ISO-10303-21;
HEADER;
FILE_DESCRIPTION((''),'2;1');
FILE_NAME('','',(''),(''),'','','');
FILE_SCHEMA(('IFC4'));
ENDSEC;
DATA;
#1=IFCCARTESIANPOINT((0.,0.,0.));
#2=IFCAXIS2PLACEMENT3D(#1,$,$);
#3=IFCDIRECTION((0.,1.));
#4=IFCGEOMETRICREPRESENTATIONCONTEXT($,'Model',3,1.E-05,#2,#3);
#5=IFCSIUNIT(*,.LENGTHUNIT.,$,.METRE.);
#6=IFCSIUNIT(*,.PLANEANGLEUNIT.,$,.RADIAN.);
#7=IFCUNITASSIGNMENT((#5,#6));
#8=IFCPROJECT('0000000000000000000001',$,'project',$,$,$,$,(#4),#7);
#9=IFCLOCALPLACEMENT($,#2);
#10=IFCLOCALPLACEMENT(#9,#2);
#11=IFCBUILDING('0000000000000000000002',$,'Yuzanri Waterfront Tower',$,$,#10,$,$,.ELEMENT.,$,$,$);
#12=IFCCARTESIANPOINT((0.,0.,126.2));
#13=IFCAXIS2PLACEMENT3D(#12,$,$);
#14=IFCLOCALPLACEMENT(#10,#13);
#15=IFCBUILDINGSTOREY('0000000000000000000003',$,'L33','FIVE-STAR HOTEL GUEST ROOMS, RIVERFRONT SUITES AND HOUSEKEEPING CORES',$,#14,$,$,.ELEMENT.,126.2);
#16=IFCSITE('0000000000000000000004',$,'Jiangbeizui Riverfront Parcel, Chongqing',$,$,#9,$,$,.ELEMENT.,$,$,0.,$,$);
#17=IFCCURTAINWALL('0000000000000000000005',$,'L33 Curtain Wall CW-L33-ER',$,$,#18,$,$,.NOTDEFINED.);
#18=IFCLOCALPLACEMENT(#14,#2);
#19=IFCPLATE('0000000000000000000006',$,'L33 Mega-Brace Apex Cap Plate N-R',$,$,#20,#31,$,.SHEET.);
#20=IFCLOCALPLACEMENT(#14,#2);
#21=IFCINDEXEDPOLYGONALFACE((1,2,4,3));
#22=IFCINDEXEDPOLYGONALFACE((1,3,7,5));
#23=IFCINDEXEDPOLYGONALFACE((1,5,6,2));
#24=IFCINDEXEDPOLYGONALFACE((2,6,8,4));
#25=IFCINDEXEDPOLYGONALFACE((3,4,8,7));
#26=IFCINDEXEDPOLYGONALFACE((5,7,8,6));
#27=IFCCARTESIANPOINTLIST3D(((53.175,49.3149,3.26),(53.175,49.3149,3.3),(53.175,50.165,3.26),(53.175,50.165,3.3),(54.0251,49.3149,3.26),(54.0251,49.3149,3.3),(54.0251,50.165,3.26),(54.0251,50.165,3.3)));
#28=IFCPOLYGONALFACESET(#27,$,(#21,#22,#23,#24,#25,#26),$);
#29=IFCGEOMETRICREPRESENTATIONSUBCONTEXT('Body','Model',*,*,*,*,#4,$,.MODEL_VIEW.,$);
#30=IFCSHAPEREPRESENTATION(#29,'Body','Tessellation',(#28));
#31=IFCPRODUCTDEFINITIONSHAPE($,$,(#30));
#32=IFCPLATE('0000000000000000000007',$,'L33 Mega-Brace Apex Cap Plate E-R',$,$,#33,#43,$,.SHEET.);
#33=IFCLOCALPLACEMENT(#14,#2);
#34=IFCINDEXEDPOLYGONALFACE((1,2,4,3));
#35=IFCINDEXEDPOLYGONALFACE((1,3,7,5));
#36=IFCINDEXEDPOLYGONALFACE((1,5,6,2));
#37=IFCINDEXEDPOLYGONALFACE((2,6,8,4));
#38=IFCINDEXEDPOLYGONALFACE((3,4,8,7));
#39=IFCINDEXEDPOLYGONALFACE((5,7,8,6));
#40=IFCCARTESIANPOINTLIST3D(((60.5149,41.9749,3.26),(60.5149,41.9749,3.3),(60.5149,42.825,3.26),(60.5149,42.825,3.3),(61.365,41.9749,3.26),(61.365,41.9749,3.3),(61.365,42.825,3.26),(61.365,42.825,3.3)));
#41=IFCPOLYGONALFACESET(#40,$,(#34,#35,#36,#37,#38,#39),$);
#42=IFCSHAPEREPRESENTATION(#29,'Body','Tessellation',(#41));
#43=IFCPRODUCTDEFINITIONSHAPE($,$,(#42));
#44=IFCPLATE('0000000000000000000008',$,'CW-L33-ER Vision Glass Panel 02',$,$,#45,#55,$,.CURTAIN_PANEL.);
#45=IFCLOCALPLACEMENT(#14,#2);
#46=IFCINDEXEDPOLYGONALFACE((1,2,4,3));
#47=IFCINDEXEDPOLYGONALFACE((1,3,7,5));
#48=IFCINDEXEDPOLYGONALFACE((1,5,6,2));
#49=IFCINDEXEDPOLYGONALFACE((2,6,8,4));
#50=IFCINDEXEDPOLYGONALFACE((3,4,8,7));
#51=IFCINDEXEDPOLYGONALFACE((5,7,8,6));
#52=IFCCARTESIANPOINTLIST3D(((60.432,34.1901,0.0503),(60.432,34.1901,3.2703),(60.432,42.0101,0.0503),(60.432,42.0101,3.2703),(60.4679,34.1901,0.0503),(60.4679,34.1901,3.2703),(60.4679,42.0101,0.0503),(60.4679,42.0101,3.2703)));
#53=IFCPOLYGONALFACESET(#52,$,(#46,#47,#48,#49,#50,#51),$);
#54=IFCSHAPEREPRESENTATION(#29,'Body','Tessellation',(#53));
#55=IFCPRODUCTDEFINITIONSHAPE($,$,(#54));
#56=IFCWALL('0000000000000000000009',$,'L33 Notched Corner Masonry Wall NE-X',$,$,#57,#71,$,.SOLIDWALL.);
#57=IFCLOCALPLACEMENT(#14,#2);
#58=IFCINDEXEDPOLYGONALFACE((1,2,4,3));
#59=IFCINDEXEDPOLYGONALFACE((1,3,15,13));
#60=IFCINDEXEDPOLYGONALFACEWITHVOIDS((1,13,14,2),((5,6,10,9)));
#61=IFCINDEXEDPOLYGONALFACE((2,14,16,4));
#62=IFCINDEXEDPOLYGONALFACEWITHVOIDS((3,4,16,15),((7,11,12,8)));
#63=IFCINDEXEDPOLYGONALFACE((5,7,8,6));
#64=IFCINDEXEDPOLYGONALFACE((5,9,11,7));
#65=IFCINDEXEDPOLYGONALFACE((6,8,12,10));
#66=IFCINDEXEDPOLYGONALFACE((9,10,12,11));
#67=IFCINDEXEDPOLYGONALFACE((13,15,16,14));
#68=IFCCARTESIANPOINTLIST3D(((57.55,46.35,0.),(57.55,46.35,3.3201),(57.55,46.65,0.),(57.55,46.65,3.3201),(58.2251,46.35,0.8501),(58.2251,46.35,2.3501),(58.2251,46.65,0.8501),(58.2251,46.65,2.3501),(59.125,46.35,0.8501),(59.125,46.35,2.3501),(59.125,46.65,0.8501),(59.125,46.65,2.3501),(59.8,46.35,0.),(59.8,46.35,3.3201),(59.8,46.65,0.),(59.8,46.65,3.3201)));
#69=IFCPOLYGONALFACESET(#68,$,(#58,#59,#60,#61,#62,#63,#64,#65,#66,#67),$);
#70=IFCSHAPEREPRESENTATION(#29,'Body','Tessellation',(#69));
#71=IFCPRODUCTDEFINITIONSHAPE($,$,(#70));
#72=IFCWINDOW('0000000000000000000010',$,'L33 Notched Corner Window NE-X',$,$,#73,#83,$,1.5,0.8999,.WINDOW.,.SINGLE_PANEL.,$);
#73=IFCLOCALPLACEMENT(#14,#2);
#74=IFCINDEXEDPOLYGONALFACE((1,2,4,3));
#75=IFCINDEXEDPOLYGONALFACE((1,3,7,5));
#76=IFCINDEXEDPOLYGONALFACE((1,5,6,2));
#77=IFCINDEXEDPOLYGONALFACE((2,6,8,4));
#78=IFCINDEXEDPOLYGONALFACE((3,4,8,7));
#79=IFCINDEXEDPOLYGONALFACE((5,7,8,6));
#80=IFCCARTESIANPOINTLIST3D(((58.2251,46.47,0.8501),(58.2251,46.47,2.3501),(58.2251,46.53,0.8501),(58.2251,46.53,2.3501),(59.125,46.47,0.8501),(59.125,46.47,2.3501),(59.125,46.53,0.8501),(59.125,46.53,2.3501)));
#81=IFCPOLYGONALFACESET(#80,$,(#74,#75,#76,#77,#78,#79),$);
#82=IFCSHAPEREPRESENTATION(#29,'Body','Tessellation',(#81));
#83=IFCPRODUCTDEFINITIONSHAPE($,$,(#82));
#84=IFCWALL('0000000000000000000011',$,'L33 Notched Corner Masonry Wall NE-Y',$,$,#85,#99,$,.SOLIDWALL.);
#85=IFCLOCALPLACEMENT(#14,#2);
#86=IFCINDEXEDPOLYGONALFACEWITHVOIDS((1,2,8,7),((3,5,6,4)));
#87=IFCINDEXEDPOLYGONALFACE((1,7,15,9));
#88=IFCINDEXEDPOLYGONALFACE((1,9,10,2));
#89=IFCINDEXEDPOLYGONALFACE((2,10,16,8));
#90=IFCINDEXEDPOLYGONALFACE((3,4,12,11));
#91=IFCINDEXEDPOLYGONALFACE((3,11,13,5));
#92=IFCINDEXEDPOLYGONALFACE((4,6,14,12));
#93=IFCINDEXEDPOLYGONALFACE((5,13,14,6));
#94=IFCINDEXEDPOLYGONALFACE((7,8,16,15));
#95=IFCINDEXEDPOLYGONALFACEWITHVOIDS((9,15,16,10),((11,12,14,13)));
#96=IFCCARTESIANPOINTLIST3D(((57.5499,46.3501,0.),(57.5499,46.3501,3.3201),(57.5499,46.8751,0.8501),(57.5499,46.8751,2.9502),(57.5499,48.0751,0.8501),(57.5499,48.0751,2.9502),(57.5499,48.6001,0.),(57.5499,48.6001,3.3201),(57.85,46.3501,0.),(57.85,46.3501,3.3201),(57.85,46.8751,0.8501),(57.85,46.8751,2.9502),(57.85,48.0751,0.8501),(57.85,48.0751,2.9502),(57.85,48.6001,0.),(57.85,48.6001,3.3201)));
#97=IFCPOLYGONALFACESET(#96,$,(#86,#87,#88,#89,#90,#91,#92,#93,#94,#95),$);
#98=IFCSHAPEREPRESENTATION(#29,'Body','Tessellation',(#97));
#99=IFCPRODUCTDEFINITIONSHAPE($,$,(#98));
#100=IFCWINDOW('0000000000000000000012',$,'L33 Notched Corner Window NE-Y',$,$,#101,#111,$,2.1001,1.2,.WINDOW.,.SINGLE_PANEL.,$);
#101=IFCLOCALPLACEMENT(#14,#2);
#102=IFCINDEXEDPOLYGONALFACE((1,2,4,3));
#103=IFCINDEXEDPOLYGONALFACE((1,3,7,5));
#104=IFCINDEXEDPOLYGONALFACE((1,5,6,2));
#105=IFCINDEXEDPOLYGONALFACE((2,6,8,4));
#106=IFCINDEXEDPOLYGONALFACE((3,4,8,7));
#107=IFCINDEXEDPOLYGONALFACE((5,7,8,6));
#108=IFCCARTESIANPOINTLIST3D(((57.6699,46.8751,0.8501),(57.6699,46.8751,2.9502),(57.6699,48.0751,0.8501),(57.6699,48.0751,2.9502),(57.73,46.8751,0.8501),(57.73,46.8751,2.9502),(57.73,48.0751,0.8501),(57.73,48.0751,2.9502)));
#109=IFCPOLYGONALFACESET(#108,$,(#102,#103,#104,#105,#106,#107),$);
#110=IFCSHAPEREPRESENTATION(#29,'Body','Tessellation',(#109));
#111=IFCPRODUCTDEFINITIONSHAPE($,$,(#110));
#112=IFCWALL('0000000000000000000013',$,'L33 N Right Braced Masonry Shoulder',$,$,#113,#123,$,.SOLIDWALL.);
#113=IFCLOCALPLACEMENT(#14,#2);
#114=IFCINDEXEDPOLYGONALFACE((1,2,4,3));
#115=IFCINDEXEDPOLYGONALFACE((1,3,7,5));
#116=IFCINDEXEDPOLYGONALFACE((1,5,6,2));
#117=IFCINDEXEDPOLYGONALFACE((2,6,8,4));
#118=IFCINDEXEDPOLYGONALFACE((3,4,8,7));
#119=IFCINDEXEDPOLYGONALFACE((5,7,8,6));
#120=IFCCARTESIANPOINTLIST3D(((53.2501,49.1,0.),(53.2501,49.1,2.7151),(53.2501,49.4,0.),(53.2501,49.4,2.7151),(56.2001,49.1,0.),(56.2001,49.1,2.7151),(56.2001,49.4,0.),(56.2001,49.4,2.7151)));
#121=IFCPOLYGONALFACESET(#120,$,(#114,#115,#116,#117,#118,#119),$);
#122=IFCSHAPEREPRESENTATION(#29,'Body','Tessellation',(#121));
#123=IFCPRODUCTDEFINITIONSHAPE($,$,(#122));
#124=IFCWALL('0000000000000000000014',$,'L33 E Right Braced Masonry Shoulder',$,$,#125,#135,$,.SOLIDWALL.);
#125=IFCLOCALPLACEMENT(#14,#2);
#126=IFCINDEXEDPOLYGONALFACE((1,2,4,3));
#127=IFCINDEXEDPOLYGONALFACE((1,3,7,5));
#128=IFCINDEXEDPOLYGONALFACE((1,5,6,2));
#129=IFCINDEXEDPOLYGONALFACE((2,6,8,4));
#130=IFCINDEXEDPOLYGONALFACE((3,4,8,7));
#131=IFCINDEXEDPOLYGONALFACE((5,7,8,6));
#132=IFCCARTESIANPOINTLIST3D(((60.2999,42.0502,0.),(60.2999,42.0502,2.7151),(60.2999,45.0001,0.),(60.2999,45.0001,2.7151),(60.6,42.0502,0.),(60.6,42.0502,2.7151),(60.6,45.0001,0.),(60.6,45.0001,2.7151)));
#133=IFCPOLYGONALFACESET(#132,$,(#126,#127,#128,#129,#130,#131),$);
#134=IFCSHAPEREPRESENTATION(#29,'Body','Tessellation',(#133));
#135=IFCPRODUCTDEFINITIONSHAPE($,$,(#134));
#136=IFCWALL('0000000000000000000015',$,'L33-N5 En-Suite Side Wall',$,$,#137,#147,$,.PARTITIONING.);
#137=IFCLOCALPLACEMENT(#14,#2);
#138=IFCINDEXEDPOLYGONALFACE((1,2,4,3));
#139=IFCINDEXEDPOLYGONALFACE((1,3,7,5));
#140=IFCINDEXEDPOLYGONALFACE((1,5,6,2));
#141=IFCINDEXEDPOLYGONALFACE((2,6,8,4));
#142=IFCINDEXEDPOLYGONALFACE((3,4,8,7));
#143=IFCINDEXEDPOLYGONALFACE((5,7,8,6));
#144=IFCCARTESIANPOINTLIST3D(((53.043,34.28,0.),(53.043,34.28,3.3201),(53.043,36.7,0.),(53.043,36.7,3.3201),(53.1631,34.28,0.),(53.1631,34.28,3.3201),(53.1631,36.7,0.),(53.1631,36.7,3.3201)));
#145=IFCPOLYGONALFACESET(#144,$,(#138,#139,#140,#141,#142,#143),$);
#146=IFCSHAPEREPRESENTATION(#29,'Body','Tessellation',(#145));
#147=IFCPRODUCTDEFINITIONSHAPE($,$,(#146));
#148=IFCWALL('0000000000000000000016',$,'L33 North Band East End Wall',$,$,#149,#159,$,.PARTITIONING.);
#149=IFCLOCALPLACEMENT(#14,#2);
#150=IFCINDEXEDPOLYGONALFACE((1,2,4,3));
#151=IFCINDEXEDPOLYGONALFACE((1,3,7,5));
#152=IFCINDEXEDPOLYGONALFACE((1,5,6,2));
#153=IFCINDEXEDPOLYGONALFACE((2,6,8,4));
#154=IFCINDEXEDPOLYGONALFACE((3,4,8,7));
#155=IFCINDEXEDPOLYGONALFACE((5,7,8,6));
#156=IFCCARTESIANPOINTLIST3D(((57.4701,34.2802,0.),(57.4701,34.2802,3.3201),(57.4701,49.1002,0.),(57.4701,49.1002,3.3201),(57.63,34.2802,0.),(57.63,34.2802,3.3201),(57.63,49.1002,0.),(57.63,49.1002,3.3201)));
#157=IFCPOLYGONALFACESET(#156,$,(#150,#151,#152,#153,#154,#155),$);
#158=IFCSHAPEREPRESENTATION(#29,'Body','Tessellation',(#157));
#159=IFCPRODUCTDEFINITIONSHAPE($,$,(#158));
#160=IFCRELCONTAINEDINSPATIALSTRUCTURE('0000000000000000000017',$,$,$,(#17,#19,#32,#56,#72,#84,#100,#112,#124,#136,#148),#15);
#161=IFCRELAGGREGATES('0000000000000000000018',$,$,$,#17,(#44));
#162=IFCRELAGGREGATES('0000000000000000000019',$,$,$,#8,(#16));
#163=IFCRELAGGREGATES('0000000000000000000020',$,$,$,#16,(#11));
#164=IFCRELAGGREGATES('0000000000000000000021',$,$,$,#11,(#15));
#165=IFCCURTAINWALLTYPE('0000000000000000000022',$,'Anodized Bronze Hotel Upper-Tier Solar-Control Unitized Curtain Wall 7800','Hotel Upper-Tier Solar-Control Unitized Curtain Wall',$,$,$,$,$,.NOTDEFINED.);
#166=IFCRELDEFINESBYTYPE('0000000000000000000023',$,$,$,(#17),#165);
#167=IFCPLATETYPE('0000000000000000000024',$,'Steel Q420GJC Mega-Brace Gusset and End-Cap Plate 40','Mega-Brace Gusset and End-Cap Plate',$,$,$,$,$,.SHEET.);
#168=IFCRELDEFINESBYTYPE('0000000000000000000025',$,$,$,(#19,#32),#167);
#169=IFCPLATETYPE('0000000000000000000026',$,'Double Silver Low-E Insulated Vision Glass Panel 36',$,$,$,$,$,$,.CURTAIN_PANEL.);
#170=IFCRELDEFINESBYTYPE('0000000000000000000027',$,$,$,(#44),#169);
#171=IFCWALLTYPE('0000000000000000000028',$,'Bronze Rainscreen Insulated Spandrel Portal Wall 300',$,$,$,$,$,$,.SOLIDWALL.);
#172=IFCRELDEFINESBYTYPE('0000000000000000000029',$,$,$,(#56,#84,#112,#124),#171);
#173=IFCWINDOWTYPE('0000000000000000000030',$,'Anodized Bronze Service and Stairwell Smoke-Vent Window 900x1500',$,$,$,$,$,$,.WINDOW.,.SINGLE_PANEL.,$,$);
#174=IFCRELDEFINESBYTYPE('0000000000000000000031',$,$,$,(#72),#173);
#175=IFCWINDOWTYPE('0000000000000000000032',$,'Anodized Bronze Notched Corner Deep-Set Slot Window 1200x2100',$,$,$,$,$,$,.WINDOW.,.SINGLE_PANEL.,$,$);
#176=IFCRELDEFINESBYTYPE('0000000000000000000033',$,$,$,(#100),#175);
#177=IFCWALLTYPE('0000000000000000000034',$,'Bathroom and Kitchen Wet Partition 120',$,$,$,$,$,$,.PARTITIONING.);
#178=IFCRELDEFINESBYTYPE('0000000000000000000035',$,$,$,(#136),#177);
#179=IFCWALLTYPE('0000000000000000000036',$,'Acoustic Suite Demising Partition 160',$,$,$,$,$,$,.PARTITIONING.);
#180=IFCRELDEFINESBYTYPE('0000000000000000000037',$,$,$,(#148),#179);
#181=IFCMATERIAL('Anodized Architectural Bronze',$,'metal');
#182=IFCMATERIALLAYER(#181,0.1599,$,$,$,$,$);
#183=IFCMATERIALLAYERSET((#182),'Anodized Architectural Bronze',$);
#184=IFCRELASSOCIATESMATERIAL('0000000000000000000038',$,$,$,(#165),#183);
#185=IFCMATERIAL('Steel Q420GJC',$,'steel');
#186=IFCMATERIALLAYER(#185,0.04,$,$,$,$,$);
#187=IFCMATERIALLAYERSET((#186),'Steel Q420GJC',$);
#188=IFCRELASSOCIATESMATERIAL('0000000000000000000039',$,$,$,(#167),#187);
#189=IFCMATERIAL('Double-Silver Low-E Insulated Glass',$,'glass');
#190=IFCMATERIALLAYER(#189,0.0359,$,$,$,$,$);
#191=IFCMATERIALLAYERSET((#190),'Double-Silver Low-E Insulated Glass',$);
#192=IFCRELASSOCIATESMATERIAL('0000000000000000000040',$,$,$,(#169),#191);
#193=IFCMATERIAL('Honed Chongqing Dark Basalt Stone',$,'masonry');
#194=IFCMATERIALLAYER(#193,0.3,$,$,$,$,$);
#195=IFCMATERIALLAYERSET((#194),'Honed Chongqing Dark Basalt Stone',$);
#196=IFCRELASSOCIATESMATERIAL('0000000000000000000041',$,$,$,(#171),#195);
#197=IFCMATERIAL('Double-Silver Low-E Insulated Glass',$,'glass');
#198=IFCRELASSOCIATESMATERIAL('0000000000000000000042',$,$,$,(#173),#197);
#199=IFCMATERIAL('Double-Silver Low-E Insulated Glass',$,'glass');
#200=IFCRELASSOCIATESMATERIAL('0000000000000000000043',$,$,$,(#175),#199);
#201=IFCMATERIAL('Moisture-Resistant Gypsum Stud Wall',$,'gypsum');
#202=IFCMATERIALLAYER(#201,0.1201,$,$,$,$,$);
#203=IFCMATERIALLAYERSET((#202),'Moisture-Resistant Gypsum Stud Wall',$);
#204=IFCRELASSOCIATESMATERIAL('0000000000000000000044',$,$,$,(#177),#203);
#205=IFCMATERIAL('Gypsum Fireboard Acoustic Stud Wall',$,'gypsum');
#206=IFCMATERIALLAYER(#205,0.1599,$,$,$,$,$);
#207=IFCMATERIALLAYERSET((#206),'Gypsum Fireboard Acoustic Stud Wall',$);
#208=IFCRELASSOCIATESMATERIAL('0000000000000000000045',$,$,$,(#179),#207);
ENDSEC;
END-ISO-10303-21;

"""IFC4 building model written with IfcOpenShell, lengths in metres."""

from ifc_helpers import new_model, si_unit, direction, frame, frame_2d, origin, origin_2d, place, context, subcontext, project, spatial, rectangle, extrude, source, transform, mapped, material, layer, layer_set, type_object, element, fill, aggregate, save


model = new_model("IFC4")

# Units and contexts
model_context = context("Model", 3, precision=1e-05, world=origin(), true_north=direction((0.0, 1.0)))
body_context = subcontext(model_context, "Body", "Model", "MODEL_VIEW")
ifc_project = project(units=[si_unit("LENGTHUNIT", "METRE"), si_unit("PLANEANGLEUNIT", "RADIAN")], contexts=[model_context])

# Site, building, storey
site_placement = place(None, origin())
site = spatial("IfcSite", under=ifc_project, at=site_placement, Name="Jiangbeizui Riverfront Parcel, Chongqing", CompositionType="ELEMENT", RefElevation=0.0)
building_placement = place(site_placement, origin())
building = spatial("IfcBuilding", under=site, at=building_placement, Name="Yuzanri Waterfront Tower", CompositionType="ELEMENT")
storey_placement = place(building_placement, frame((0.0, 0.0, 126.2)))
storey = spatial("IfcBuildingStorey", under=building, at=storey_placement, Name="L33", Description="FIVE-STAR HOTEL GUEST ROOMS, RIVERFRONT SUITES AND HOUSEKEEPING CORES", CompositionType="ELEMENT", Elevation=126.2)

# Curtain wall
ifc_material_1 = material(Name="Anodized Architectural Bronze", Category="metal")
ifc_layer_1 = layer(ifc_material_1, 0.1599)
ifc_layer_set_1 = layer_set([ifc_layer_1], Name="Anodized Architectural Bronze")
curtain_wall_type = type_object("IfcCurtainWallType", Name="Anodized Bronze Hotel Upper-Tier Solar-Control Unitized Curtain Wall 7800", Description="Hotel Upper-Tier Solar-Control Unitized Curtain Wall", PredefinedType="NOTDEFINED", material=ifc_layer_set_1)
curtain_wall_1_placement = place(storey_placement, origin())
curtain_wall_1 = element("IfcCurtainWall", 1, at=curtain_wall_1_placement, inside=storey, type_object=curtain_wall_type, Name="L33 Curtain Wall CW-L33-ER", PredefinedType="NOTDEFINED")

# Plates
ifc_material_2 = material(Name="Steel Q420GJC", Category="steel")
ifc_layer_2 = layer(ifc_material_2, 0.04)
ifc_layer_set_2 = layer_set([ifc_layer_2], Name="Steel Q420GJC")
plate_type_1 = type_object("IfcPlateType", Name="Steel Q420GJC Mega-Brace Gusset and End-Cap Plate 40", Description="Mega-Brace Gusset and End-Cap Plate", PredefinedType="SHEET", material=ifc_layer_set_2)
shared_shape_1 = source(origin(), body_context, "Body", "SweptSolid", [
    extrude(rectangle(XDim=0.8501, YDim=0.8501, at=origin_2d()), origin(), (0.0, 0.0, 1.0), 0.04),
])
for number, where, z_axis, x_axis, name in (
    (2, (53.6001, 49.74, 3.26), (0.0, 0.0, 1.0), (1.0, 0.0, 0.0), "L33 Mega-Brace Apex Cap Plate N-R"),
    (3, (60.9399, 42.3999, 3.26), (0.0, 0.0, 1.0), (1.0, 0.0, 0.0), "L33 Mega-Brace Apex Cap Plate E-R"),
):
    element("IfcPlate", number, at=place(storey_placement, frame(where, z_axis=z_axis, x_axis=x_axis)), inside=storey, type_object=plate_type_1, Name=name, PredefinedType="SHEET", context=body_context, shape_type="MappedRepresentation", body=[
        mapped(shared_shape_1, transform((0.0, 0.0, 0.0), scale=1.0)),
    ])

# Plate
ifc_material_3 = material(Name="Double-Silver Low-E Insulated Glass", Category="glass")
ifc_layer_3 = layer(ifc_material_3, 0.0359)
ifc_layer_set_3 = layer_set([ifc_layer_3], Name="Double-Silver Low-E Insulated Glass")
plate_type_2 = type_object("IfcPlateType", Name="Double Silver Low-E Insulated Vision Glass Panel 36", PredefinedType="CURTAIN_PANEL", material=ifc_layer_set_3)
shared_shape_2 = source(origin(), body_context, "Body", "SweptSolid", [
    extrude(rectangle(XDim=7.8201, YDim=0.0359, at=origin_2d()), origin(), (0.0, 0.0, 1.0), 3.22),
])
plate_placement = place(storey_placement, frame((60.45, 38.1001, 0.0503), z_axis=(0.0, 0.0, 1.0), x_axis=(0.0, 1.0, 0.0)))
plate = element("IfcPlate", 4, at=plate_placement, type_object=plate_type_2, Name="CW-L33-ER Vision Glass Panel 02", PredefinedType="CURTAIN_PANEL", context=body_context, shape_type="MappedRepresentation", body=[
    mapped(shared_shape_2, transform((0.0, 0.0, 0.0), scale=1.0)),
])
aggregate(curtain_wall_1, [plate])

# Walls, openings, windows
ifc_material_4 = material(Name="Honed Chongqing Dark Basalt Stone", Category="masonry")
ifc_layer_4 = layer(ifc_material_4, 0.3)
ifc_layer_set_4 = layer_set([ifc_layer_4], Name="Honed Chongqing Dark Basalt Stone")
wall_type_1 = type_object("IfcWallType", Name="Bronze Rainscreen Insulated Spandrel Portal Wall 300", PredefinedType="SOLIDWALL", material=ifc_layer_set_4)
wall_1_placement = place(storey_placement, frame((59.8, 46.5, 0.0), z_axis=(0.0, 0.0, 1.0), x_axis=(-1.0, 0.0, 0.0)))
wall_1 = element("IfcWall", 5, at=wall_1_placement, inside=storey, type_object=wall_type_1, Name="L33 Notched Corner Masonry Wall NE-X", PredefinedType="SOLIDWALL", context=body_context, shape_type="SweptSolid", body=[
    extrude(rectangle(XDim=2.25, YDim=0.3, at=frame_2d((1.125, 0.0))), origin(), (0.0, 0.0, 1.0), 3.3201),
])
opening_1_placement = place(wall_1_placement, frame((0.675, 0.0, 0.8501)))
opening_1 = element("IfcOpeningElement", 6, at=opening_1_placement, cuts=wall_1, PredefinedType="OPENING", context=body_context, shape_type="SweptSolid", body=[
    extrude(rectangle(XDim=0.8999, YDim=1.5, at=frame_2d((0.45, 0.75))), frame((0.0, 0.165, 0.0), z_axis=(0.0, -1.0, 0.0), x_axis=(1.0, 0.0, 0.0)), (0.0, 0.0, 1.0), 0.3298),
])
ifc_material_5 = material(Name="Double-Silver Low-E Insulated Glass", Category="glass")
window_type_1 = type_object("IfcWindowType", Name="Anodized Bronze Service and Stairwell Smoke-Vent Window 900x1500", PartitioningType="SINGLE_PANEL", PredefinedType="WINDOW", material=ifc_material_5)
shared_shape_3 = source(origin(), body_context, "Body", "SweptSolid", [
    extrude(rectangle(XDim=0.8999, YDim=1.5, at=frame_2d((0.45, 0.75))), frame((0.0, 0.03, 0.0), z_axis=(0.0, -1.0, 0.0), x_axis=(1.0, 0.0, 0.0)), (0.0, 0.0, 1.0), 0.0601),
])
window_1_placement = place(opening_1_placement, origin())
window_1 = element("IfcWindow", 7, at=window_1_placement, inside=storey, type_object=window_type_1, Name="L33 Notched Corner Window NE-X", OverallHeight=1.5, OverallWidth=0.8999, PartitioningType="SINGLE_PANEL", PredefinedType="WINDOW", context=body_context, shape_type="MappedRepresentation", body=[
    mapped(shared_shape_3, transform((0.0, 0.0, 0.0), scale=1.0)),
])
fill(opening_1, window_1)
wall_2_placement = place(storey_placement, frame((57.7, 46.3501, 0.0), z_axis=(0.0, 0.0, 1.0), x_axis=(0.0, 1.0, 0.0)))
wall_2 = element("IfcWall", 8, at=wall_2_placement, inside=storey, type_object=wall_type_1, Name="L33 Notched Corner Masonry Wall NE-Y", PredefinedType="SOLIDWALL", context=body_context, shape_type="SweptSolid", body=[
    extrude(rectangle(XDim=2.25, YDim=0.3, at=frame_2d((1.125, 0.0))), origin(), (0.0, 0.0, 1.0), 3.3201),
])
opening_2_placement = place(wall_2_placement, frame((0.5249, 0.0, 0.8501)))
opening_2 = element("IfcOpeningElement", 9, at=opening_2_placement, cuts=wall_2, PredefinedType="OPENING", context=body_context, shape_type="SweptSolid", body=[
    extrude(rectangle(XDim=1.2, YDim=2.1001, at=frame_2d((0.6001, 1.05))), frame((0.0, 0.165, 0.0), z_axis=(0.0, -1.0, 0.0), x_axis=(1.0, 0.0, 0.0)), (0.0, 0.0, 1.0), 0.3298),
])
ifc_material_6 = material(Name="Double-Silver Low-E Insulated Glass", Category="glass")
window_type_2 = type_object("IfcWindowType", Name="Anodized Bronze Notched Corner Deep-Set Slot Window 1200x2100", PartitioningType="SINGLE_PANEL", PredefinedType="WINDOW", material=ifc_material_6)
shared_shape_4 = source(origin(), body_context, "Body", "SweptSolid", [
    extrude(rectangle(XDim=1.2, YDim=2.1001, at=frame_2d((0.6001, 1.05))), frame((0.0, 0.03, 0.0), z_axis=(0.0, -1.0, 0.0), x_axis=(1.0, 0.0, 0.0)), (0.0, 0.0, 1.0), 0.0601),
])
window_2_placement = place(opening_2_placement, origin())
window_2 = element("IfcWindow", 10, at=window_2_placement, inside=storey, type_object=window_type_2, Name="L33 Notched Corner Window NE-Y", OverallHeight=2.1001, OverallWidth=1.2, PartitioningType="SINGLE_PANEL", PredefinedType="WINDOW", context=body_context, shape_type="MappedRepresentation", body=[
    mapped(shared_shape_4, transform((0.0, 0.0, 0.0), scale=1.0)),
])
fill(opening_2, window_2)

# Walls
shared_shape_5 = source(origin(), body_context, "Body", "SweptSolid", [
    extrude(rectangle(XDim=2.95, YDim=0.3, at=frame_2d((1.4751, 0.0))), origin(), (0.0, 0.0, 1.0), 2.7151),
])
for number, where, z_axis, x_axis, name in (
    (11, (53.25, 49.25, 0.0), (0.0, 0.0, 1.0), (1.0, 0.0, 0.0), "L33 N Right Braced Masonry Shoulder"),
    (12, (60.45, 42.05, 0.0), (0.0, 0.0, 1.0), (0.0, 1.0, 0.0), "L33 E Right Braced Masonry Shoulder"),
):
    element("IfcWall", number, at=place(storey_placement, frame(where, z_axis=z_axis, x_axis=x_axis)), inside=storey, type_object=wall_type_1, Name=name, PredefinedType="SOLIDWALL", context=body_context, shape_type="MappedRepresentation", body=[
        mapped(shared_shape_5, transform((0.0, 0.0, 0.0), scale=1.0)),
    ])
ifc_material_7 = material(Name="Moisture-Resistant Gypsum Stud Wall", Category="gypsum")
ifc_layer_5 = layer(ifc_material_7, 0.1201)
ifc_layer_set_5 = layer_set([ifc_layer_5], Name="Moisture-Resistant Gypsum Stud Wall")
wall_type_2 = type_object("IfcWallType", Name="Bathroom and Kitchen Wet Partition 120", PredefinedType="PARTITIONING", material=ifc_layer_set_5)
shared_shape_6 = source(origin(), body_context, "Body", "SweptSolid", [
    extrude(rectangle(XDim=2.4199, YDim=0.1201, at=frame_2d((1.21, 0.0))), origin(), (0.0, 0.0, 1.0), 3.3201),
])
wall_3_placement = place(storey_placement, frame((53.103, 34.28, 0.0), z_axis=(0.0, 0.0, 1.0), x_axis=(0.0, 1.0, 0.0)))
element("IfcWall", 13, at=wall_3_placement, inside=storey, type_object=wall_type_2, Name="L33-N5 En-Suite Side Wall", PredefinedType="PARTITIONING", context=body_context, shape_type="MappedRepresentation", body=[
    mapped(shared_shape_6, transform((0.0, 0.0, 0.0), scale=1.0)),
])
ifc_material_8 = material(Name="Gypsum Fireboard Acoustic Stud Wall", Category="gypsum")
ifc_layer_6 = layer(ifc_material_8, 0.1599)
ifc_layer_set_6 = layer_set([ifc_layer_6], Name="Gypsum Fireboard Acoustic Stud Wall")
wall_type_3 = type_object("IfcWallType", Name="Acoustic Suite Demising Partition 160", PredefinedType="PARTITIONING", material=ifc_layer_set_6)
shared_shape_7 = source(origin(), body_context, "Body", "SweptSolid", [
    extrude(rectangle(XDim=14.8201, YDim=0.1599, at=frame_2d((7.4102, 0.0))), origin(), (0.0, 0.0, 1.0), 3.3201),
])
wall_4_placement = place(storey_placement, frame((57.55, 34.28, 0.0), z_axis=(0.0, 0.0, 1.0), x_axis=(0.0, 1.0, 0.0)))
element("IfcWall", 14, at=wall_4_placement, inside=storey, type_object=wall_type_3, Name="L33 North Band East End Wall", PredefinedType="PARTITIONING", context=body_context, shape_type="MappedRepresentation", body=[
    mapped(shared_shape_7, transform((0.0, 0.0, 0.0), scale=1.0)),
])

save(model, "model.ifc")
